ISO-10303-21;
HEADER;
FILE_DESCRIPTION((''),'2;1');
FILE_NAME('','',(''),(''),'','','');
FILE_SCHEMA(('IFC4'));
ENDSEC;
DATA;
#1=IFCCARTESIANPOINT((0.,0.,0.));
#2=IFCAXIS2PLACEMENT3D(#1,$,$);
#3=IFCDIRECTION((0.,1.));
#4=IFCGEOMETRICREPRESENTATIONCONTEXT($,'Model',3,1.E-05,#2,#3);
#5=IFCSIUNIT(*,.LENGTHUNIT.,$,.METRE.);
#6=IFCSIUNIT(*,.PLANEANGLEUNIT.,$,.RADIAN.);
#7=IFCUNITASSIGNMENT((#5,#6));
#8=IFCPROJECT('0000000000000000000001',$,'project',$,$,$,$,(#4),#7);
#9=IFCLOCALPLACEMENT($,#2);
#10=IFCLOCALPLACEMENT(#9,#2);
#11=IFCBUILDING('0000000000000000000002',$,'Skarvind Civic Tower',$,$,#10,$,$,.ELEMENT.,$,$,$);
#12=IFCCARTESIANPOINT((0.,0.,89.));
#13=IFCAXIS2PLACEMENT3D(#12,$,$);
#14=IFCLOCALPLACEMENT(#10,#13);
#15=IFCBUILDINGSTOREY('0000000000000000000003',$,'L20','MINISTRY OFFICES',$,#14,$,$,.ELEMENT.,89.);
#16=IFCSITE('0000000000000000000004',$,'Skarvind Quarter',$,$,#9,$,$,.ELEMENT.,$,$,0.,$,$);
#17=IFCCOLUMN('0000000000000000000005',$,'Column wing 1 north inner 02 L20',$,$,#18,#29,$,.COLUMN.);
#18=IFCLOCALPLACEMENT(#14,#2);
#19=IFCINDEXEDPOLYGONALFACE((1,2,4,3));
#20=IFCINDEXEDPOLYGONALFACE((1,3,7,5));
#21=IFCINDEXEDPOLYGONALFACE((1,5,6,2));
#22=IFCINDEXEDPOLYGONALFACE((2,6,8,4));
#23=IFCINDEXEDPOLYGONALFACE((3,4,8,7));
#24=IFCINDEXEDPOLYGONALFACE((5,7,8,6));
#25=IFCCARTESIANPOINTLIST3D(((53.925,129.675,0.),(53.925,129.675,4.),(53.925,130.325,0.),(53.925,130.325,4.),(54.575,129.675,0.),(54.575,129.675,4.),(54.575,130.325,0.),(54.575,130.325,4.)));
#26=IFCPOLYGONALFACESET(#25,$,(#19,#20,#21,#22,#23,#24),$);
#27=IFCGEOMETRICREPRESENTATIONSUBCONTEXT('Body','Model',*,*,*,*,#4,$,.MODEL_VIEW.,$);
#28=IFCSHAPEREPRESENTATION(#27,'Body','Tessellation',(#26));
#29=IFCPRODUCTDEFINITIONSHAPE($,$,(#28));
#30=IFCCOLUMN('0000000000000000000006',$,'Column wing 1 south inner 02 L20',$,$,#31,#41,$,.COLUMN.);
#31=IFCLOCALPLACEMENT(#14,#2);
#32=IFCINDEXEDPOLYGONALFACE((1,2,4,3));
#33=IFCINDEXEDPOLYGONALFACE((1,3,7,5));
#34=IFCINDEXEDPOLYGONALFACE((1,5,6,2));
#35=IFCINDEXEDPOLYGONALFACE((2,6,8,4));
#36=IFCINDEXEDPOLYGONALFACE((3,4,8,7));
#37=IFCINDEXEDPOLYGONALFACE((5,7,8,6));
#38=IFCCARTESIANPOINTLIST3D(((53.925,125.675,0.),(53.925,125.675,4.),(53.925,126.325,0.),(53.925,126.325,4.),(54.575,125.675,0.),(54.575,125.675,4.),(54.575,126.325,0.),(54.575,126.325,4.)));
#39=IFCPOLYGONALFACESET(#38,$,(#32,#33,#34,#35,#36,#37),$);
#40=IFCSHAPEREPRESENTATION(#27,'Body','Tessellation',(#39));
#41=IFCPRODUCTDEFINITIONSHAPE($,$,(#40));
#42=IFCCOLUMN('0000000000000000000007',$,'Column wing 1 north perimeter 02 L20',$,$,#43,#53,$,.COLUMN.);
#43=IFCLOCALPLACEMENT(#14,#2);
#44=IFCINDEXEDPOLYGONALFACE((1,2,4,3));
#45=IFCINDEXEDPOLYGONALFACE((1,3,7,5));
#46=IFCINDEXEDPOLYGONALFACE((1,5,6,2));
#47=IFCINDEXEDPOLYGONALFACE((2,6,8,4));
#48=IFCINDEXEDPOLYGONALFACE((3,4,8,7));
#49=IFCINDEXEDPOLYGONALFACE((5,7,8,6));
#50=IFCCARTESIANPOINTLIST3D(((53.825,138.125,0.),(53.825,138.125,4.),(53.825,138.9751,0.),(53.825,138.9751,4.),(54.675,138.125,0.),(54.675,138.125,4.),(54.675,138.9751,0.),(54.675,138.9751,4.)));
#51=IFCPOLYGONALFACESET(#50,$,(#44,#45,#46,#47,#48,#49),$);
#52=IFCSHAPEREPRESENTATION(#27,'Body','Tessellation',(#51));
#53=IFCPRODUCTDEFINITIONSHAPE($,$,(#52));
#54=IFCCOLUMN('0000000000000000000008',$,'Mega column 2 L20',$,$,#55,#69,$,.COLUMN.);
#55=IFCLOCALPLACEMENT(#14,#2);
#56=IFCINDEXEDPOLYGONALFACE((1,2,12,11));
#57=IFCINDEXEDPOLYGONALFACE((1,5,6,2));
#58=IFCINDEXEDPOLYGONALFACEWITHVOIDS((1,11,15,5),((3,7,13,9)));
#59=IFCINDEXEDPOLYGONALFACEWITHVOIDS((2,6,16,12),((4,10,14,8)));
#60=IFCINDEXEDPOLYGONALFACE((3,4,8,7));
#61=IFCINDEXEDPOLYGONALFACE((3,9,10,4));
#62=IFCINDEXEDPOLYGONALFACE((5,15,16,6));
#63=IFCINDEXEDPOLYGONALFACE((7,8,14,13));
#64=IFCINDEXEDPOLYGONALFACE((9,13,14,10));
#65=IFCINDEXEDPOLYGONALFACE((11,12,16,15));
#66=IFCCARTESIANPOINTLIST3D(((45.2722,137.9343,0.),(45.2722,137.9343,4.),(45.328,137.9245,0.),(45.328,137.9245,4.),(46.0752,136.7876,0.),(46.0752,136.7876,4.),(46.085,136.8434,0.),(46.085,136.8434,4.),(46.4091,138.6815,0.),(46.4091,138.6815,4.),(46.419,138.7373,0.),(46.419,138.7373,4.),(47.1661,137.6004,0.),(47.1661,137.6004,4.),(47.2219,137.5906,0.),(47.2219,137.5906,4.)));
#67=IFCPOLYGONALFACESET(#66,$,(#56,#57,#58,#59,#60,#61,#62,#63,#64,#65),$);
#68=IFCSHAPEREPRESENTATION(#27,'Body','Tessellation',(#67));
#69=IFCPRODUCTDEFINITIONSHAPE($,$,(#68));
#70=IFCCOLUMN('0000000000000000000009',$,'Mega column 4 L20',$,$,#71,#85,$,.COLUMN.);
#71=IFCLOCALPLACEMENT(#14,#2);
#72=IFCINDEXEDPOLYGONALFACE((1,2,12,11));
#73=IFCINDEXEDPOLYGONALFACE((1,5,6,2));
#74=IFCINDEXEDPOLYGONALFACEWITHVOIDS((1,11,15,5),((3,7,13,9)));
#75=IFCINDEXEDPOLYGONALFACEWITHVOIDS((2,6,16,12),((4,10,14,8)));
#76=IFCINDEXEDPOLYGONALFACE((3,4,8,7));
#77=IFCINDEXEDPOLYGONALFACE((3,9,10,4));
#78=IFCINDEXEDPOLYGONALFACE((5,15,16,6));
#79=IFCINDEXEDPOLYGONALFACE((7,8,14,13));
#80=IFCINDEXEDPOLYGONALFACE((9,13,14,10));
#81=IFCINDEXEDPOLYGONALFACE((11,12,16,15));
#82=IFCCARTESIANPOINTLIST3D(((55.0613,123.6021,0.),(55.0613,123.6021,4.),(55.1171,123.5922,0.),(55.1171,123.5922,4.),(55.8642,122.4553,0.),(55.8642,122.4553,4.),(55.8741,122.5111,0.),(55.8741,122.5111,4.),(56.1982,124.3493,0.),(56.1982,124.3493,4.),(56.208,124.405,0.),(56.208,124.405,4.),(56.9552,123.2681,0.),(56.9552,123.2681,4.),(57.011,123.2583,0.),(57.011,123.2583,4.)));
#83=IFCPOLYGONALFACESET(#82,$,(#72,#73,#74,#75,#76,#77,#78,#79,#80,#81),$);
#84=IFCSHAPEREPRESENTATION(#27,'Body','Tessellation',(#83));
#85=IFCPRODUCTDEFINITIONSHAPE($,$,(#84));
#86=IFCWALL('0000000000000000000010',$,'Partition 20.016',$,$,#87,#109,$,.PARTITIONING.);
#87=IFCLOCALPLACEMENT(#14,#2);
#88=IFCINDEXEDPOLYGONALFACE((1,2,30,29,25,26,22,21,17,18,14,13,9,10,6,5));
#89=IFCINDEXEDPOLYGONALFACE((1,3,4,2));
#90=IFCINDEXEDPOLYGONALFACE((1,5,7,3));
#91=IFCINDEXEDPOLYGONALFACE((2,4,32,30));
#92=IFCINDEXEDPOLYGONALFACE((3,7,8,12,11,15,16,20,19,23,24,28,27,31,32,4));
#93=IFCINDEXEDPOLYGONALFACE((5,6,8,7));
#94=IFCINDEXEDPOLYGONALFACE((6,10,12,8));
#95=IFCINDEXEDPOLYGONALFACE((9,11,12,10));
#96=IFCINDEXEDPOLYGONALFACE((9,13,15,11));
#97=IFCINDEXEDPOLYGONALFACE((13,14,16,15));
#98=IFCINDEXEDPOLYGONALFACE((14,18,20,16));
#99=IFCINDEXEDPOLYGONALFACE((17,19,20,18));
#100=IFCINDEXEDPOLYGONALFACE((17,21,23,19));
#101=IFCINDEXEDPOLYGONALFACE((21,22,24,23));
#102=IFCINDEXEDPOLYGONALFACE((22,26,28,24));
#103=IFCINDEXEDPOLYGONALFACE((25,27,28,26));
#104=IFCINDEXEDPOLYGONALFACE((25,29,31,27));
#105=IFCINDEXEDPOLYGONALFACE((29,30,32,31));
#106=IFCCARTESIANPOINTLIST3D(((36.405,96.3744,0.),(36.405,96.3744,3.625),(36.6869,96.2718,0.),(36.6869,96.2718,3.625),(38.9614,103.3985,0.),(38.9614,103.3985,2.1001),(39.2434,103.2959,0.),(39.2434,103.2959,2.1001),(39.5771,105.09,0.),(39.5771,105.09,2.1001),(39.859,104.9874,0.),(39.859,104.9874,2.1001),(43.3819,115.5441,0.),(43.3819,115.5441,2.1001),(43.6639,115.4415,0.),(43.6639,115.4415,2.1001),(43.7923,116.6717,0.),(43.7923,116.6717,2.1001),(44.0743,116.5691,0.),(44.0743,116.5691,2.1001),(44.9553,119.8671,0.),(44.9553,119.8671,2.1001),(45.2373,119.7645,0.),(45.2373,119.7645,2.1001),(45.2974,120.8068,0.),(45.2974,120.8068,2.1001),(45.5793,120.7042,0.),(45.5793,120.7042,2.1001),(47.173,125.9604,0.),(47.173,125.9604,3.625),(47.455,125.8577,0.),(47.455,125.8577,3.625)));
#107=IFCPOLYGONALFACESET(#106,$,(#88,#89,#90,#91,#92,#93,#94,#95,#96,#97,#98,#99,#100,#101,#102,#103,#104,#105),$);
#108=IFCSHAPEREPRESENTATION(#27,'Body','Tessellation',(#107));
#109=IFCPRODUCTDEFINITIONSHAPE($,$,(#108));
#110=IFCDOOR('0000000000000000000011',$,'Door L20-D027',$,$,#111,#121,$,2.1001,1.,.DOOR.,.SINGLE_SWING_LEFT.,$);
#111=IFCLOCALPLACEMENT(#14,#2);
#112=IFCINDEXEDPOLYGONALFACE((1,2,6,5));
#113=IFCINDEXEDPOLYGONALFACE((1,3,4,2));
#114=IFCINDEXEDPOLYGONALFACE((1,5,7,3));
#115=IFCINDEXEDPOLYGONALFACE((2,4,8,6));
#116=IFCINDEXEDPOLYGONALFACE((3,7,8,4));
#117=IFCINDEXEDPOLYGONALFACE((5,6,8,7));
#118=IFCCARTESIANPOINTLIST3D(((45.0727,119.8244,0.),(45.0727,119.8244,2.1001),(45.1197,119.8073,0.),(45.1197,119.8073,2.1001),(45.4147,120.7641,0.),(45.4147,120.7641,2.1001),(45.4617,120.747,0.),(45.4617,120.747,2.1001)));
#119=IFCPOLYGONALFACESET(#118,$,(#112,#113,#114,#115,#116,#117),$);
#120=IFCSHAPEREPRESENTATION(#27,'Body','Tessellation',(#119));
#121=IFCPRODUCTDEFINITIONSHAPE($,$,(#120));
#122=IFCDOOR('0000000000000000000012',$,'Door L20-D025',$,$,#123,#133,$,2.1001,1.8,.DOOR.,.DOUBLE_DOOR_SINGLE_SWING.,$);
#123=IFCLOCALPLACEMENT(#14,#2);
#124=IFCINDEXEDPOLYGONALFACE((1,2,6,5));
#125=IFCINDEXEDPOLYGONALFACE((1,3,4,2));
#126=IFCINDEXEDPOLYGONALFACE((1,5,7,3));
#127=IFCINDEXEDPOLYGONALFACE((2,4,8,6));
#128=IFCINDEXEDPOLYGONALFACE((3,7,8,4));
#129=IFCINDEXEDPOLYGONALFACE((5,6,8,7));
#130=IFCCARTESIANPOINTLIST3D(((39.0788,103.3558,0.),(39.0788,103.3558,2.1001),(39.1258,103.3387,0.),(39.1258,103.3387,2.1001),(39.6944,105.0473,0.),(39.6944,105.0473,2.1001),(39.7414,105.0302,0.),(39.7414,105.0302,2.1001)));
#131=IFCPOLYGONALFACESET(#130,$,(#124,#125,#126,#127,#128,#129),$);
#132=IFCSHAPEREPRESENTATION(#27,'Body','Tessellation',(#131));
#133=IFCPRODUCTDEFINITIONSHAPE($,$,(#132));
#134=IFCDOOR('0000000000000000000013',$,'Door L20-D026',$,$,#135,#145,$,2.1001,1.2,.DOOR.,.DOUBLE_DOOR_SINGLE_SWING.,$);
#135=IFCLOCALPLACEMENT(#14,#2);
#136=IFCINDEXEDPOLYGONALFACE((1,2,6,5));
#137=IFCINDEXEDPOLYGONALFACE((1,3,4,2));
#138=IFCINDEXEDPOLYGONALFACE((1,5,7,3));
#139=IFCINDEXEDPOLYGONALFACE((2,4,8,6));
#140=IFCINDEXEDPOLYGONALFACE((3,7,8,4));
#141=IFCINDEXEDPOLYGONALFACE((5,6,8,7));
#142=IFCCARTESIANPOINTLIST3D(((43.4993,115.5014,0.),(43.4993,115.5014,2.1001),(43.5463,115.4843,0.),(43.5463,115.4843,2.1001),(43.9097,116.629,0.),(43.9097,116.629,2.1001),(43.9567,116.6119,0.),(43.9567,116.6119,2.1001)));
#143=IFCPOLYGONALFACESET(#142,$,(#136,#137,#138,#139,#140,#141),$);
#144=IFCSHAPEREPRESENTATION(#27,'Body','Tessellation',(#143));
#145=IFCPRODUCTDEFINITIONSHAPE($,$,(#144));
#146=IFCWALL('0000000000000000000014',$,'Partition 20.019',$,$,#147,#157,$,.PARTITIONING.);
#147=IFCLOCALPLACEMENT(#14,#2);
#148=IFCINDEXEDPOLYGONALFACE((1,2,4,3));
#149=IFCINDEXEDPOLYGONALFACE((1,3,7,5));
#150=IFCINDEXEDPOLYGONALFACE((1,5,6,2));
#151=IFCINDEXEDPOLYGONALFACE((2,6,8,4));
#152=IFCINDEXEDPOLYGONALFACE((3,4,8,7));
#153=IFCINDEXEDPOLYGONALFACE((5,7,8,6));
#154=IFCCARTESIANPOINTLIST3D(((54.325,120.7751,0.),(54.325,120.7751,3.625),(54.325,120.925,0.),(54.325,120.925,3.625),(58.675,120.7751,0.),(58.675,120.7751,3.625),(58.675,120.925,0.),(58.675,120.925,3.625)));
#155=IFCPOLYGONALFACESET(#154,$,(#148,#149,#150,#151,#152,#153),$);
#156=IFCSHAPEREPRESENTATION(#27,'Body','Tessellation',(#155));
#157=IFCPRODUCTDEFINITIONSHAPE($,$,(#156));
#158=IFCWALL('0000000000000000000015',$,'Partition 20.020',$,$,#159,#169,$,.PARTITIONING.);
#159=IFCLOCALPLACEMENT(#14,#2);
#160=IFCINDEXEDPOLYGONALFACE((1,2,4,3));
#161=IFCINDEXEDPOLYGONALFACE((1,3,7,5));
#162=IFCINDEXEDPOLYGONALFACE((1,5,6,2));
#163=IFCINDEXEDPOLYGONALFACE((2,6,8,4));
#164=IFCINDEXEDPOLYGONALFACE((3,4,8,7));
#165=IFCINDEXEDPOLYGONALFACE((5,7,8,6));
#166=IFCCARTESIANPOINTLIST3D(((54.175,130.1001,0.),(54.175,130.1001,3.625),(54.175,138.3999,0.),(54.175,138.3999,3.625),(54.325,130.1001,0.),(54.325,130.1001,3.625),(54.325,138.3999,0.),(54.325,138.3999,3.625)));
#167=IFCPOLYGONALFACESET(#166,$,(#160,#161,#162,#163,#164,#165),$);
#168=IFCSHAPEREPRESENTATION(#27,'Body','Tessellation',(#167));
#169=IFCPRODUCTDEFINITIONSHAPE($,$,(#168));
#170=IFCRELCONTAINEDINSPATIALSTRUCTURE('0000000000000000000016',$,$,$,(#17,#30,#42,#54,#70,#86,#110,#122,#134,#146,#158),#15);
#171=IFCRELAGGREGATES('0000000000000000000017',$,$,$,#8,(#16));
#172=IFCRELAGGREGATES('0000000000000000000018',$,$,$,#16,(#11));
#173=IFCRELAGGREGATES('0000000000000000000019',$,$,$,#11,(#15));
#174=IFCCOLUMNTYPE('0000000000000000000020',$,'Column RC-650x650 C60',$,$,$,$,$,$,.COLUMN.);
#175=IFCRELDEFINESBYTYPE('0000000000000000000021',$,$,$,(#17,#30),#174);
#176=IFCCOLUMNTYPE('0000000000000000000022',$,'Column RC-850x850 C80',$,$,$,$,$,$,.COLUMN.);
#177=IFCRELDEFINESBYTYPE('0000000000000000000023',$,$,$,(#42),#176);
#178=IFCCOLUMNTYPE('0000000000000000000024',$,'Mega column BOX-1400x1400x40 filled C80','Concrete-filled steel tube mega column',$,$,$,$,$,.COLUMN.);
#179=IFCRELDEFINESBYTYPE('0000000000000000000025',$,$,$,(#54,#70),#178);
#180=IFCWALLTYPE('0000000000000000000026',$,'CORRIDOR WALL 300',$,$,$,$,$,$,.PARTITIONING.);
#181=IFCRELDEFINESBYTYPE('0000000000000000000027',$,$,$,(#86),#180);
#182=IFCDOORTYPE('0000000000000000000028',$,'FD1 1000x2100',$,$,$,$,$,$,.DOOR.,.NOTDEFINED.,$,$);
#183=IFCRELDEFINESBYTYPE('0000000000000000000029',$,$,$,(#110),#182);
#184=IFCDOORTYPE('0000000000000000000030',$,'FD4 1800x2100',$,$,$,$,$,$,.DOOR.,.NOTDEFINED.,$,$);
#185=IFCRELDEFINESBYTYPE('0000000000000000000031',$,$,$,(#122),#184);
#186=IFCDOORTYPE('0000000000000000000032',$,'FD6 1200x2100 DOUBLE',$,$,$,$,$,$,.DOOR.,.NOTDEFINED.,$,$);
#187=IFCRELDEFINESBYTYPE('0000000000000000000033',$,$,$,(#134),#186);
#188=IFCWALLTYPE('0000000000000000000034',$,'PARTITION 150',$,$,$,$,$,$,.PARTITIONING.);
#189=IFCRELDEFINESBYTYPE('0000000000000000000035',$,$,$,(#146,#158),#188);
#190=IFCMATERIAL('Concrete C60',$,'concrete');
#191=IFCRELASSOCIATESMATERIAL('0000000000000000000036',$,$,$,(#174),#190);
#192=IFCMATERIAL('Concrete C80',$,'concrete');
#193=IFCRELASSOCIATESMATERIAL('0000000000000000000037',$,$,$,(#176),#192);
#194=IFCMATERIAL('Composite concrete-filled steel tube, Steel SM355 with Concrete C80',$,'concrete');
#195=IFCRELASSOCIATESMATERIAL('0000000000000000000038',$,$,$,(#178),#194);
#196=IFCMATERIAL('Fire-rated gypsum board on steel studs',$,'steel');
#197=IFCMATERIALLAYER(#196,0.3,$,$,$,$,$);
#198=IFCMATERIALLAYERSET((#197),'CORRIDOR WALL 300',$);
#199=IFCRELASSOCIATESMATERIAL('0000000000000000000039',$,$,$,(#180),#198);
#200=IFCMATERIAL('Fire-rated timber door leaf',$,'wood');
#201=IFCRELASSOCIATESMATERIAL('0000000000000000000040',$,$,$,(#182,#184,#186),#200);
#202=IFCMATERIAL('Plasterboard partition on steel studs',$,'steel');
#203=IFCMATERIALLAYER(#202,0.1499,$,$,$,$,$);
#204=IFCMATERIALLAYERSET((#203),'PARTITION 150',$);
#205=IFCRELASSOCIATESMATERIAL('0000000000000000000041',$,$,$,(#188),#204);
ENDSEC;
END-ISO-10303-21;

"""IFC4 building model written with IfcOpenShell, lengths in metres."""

from ifc_helpers import new_model, si_unit, direction, frame, frame_2d, origin, origin_2d, place, context, subcontext, project, spatial, rectangle, hollow_rectangle, extrude, material, layer, layer_set, material_profile, profile_set, type_object, element, fill, save


model = new_model("IFC4")

# Units and contexts
model_context = context("Model", 3, precision=1e-05, world=origin(), true_north=direction((0.0, 1.0)))
body_context = subcontext(model_context, "Body", "Model", "MODEL_VIEW")
ifc_project = project(units=[si_unit("LENGTHUNIT", "METRE"), si_unit("PLANEANGLEUNIT", "RADIAN")], contexts=[model_context])

# Site, building, storey
site_placement = place(None, origin())
site = spatial("IfcSite", under=ifc_project, at=site_placement, Name="Skarvind Quarter", CompositionType="ELEMENT", RefElevation=0.0)
building_placement = place(site_placement, origin())
building = spatial("IfcBuilding", under=site, at=building_placement, Name="Skarvind Civic Tower", CompositionType="ELEMENT")
storey_placement = place(building_placement, frame((0.0, 0.0, 89.0)))
storey = spatial("IfcBuildingStorey", under=building, at=storey_placement, Name="L20", Description="MINISTRY OFFICES", CompositionType="ELEMENT", Elevation=89.0)

# Columns
ifc_material_1 = material(Name="Concrete C60", Category="concrete")
ifc_material_profile_1 = material_profile(ifc_material_1, rectangle(XDim=0.6499, YDim=0.6499, at=origin_2d()), Name="RC-650x650")
ifc_profile_set_1 = profile_set([ifc_material_profile_1], Name="Concrete C60")
column_type_1 = type_object("IfcColumnType", Name="Column RC-650x650 C60", PredefinedType="COLUMN", material=ifc_profile_set_1)
for number, where, z_axis, x_axis, name in (
    (1, (54.25, 130.0, 0.0), (0.0, 0.0, 1.0), (1.0, 0.0, 0.0), "Column wing 1 north inner 02 L20"),
    (2, (54.25, 126.0, 0.0), (0.0, 0.0, 1.0), (1.0, 0.0, 0.0), "Column wing 1 south inner 02 L20"),
):
    element("IfcColumn", number, at=place(storey_placement, frame(where, z_axis=z_axis, x_axis=x_axis)), inside=storey, type_object=column_type_1, Name=name, PredefinedType="COLUMN", context=body_context, shape_type="SweptSolid", body=[
        extrude(rectangle(XDim=0.6499, YDim=0.6499, at=origin_2d()), origin(), (0.0, 0.0, 1.0), 4.0),
    ])
ifc_material_2 = material(Name="Concrete C80", Category="concrete")
ifc_material_profile_2 = material_profile(ifc_material_2, rectangle(XDim=0.8501, YDim=0.8501, at=origin_2d()), Name="RC-850x850")
ifc_profile_set_2 = profile_set([ifc_material_profile_2], Name="Concrete C80")
column_type_2 = type_object("IfcColumnType", Name="Column RC-850x850 C80", PredefinedType="COLUMN", material=ifc_profile_set_2)
column_placement = place(storey_placement, frame((54.25, 138.55, 0.0), z_axis=(0.0, 0.0, 1.0), x_axis=(1.0, 0.0, 0.0)))
element("IfcColumn", 3, at=column_placement, inside=storey, type_object=column_type_2, Name="Column wing 1 north perimeter 02 L20", PredefinedType="COLUMN", context=body_context, shape_type="SweptSolid", body=[
    extrude(rectangle(XDim=0.8501, YDim=0.8501, at=origin_2d()), origin(), (0.0, 0.0, 1.0), 4.0),
])
ifc_material_3 = material(Name="Composite concrete-filled steel tube, Steel SM355 with Concrete C80", Category="concrete")
ifc_material_profile_3 = material_profile(ifc_material_3, hollow_rectangle(XDim=1.3999, YDim=1.3999, WallThickness=0.04, at=origin_2d()), Name="BOX-1400x1400x40")
ifc_profile_set_3 = profile_set([ifc_material_profile_3], Name="Composite concrete-filled steel tube, Steel SM355 with Concrete C80")
column_type_3 = type_object("IfcColumnType", Name="Mega column BOX-1400x1400x40 filled C80", Description="Concrete-filled steel tube mega column", PredefinedType="COLUMN", material=ifc_profile_set_3)
for number, where, z_axis, x_axis, name in (
    (4, (46.2471, 137.7625, 0.0), (0.0, 0.0, 1.0), (0.573576, -0.819152, 0.0), "Mega column 2 L20"),
    (5, (56.0361, 123.4302, 0.0), (0.0, 0.0, 1.0), (0.573576, -0.819152, 0.0), "Mega column 4 L20"),
):
    element("IfcColumn", number, at=place(storey_placement, frame(where, z_axis=z_axis, x_axis=x_axis)), inside=storey, type_object=column_type_3, Name=name, PredefinedType="COLUMN", context=body_context, shape_type="SweptSolid", body=[
        extrude(hollow_rectangle(XDim=1.3999, YDim=1.3999, WallThickness=0.04, at=origin_2d()), origin(), (0.0, 0.0, 1.0), 4.0),
    ])

# Wall, openings, doors
ifc_material_4 = material(Name="Fire-rated gypsum board on steel studs", Category="steel")
ifc_layer_1 = layer(ifc_material_4, 0.3)
ifc_layer_set_1 = layer_set([ifc_layer_1], Name="CORRIDOR WALL 300")
wall_type_1 = type_object("IfcWallType", Name="CORRIDOR WALL 300", PredefinedType="PARTITIONING", material=ifc_layer_set_1)
wall_1_placement = place(storey_placement, frame((47.314, 125.9089, 0.0), z_axis=(0.0, 0.0, 1.0), x_axis=(-0.342011, -0.939696, 0.0)))
wall_1 = element("IfcWall", 6, at=wall_1_placement, inside=storey, type_object=wall_type_1, Name="Partition 20.016", PredefinedType="PARTITIONING", context=body_context, shape_type="SweptSolid", body=[
    extrude(rectangle(XDim=31.4846, YDim=0.3, at=frame_2d((15.7422, 0.0))), origin(), (0.0, 0.0, 1.0), 3.625),
])
opening_1_placement = place(wall_1_placement, frame((22.2097, 0.0, 0.0)))
opening_1 = element("IfcOpeningElement", 7, at=opening_1_placement, cuts=wall_1, PredefinedType="OPENING", context=body_context, shape_type="SweptSolid", body=[
    extrude(rectangle(XDim=1.8, YDim=2.1001, at=frame_2d((0.8999, 1.05))), frame((0.0, 0.1599, 0.0), z_axis=(0.0, -1.0, 0.0), x_axis=(1.0, 0.0, 0.0)), (0.0, 0.0, 1.0), 0.3201),
])
opening_2_placement = place(wall_1_placement, frame((9.8845, 0.0, 0.0)))
opening_2 = element("IfcOpeningElement", 8, at=opening_2_placement, cuts=wall_1, PredefinedType="OPENING", context=body_context, shape_type="SweptSolid", body=[
    extrude(rectangle(XDim=1.2, YDim=2.1001, at=frame_2d((0.6001, 1.05))), frame((0.0, 0.1599, 0.0), z_axis=(0.0, -1.0, 0.0), x_axis=(1.0, 0.0, 0.0)), (0.0, 0.0, 1.0), 0.3201),
])
opening_3_placement = place(wall_1_placement, frame((5.4841, 0.0, 0.0)))
opening_3 = element("IfcOpeningElement", 9, at=opening_3_placement, cuts=wall_1, PredefinedType="OPENING", context=body_context, shape_type="SweptSolid", body=[
    extrude(rectangle(XDim=1.0, YDim=2.1001, at=frame_2d((0.5, 1.05))), frame((0.0, 0.1599, 0.0), z_axis=(0.0, -1.0, 0.0), x_axis=(1.0, 0.0, 0.0)), (0.0, 0.0, 1.0), 0.3201),
])
ifc_material_5 = material(Name="Fire-rated timber door leaf", Category="wood")
door_type_1 = type_object("IfcDoorType", Name="FD1 1000x2100", OperationType="NOTDEFINED", PredefinedType="DOOR", material=ifc_material_5)
door_1_placement = place(opening_3_placement, origin())
door_1 = element("IfcDoor", 10, at=door_1_placement, inside=storey, type_object=door_type_1, Name="Door L20-D027", OperationType="SINGLE_SWING_LEFT", OverallHeight=2.1001, OverallWidth=1.0, PredefinedType="DOOR", context=body_context, shape_type="SweptSolid", body=[
    extrude(rectangle(XDim=1.0, YDim=2.1001, at=frame_2d((0.5, 1.05))), frame((0.0, 0.0249, 0.0), z_axis=(0.0, -1.0, 0.0), x_axis=(1.0, 0.0, 0.0)), (0.0, 0.0, 1.0), 0.05),
])
fill(opening_3, door_1)
door_type_2 = type_object("IfcDoorType", Name="FD4 1800x2100", OperationType="NOTDEFINED", PredefinedType="DOOR", material=ifc_material_5)
door_2_placement = place(opening_1_placement, origin())
door_2 = element("IfcDoor", 11, at=door_2_placement, inside=storey, type_object=door_type_2, Name="Door L20-D025", OperationType="DOUBLE_DOOR_SINGLE_SWING", OverallHeight=2.1001, OverallWidth=1.8, PredefinedType="DOOR", context=body_context, shape_type="SweptSolid", body=[
    extrude(rectangle(XDim=1.8, YDim=2.1001, at=frame_2d((0.8999, 1.05))), frame((0.0, 0.0249, 0.0), z_axis=(0.0, -1.0, 0.0), x_axis=(1.0, 0.0, 0.0)), (0.0, 0.0, 1.0), 0.05),
])
fill(opening_1, door_2)
door_type_3 = type_object("IfcDoorType", Name="FD6 1200x2100 DOUBLE", OperationType="NOTDEFINED", PredefinedType="DOOR", material=ifc_material_5)
door_3_placement = place(opening_2_placement, origin())
door_3 = element("IfcDoor", 12, at=door_3_placement, inside=storey, type_object=door_type_3, Name="Door L20-D026", OperationType="DOUBLE_DOOR_SINGLE_SWING", OverallHeight=2.1001, OverallWidth=1.2, PredefinedType="DOOR", context=body_context, shape_type="SweptSolid", body=[
    extrude(rectangle(XDim=1.2, YDim=2.1001, at=frame_2d((0.6001, 1.05))), frame((0.0, 0.0249, 0.0), z_axis=(0.0, -1.0, 0.0), x_axis=(1.0, 0.0, 0.0)), (0.0, 0.0, 1.0), 0.05),
])
fill(opening_2, door_3)

# Walls
ifc_material_6 = material(Name="Plasterboard partition on steel studs", Category="steel")
ifc_layer_2 = layer(ifc_material_6, 0.1499)
ifc_layer_set_2 = layer_set([ifc_layer_2], Name="PARTITION 150")
wall_type_2 = type_object("IfcWallType", Name="PARTITION 150", PredefinedType="PARTITIONING", material=ifc_layer_set_2)
wall_2_placement = place(storey_placement, frame((54.325, 120.8501, 0.0), z_axis=(0.0, 0.0, 1.0), x_axis=(1.0, 0.0, 0.0)))
element("IfcWall", 13, at=wall_2_placement, inside=storey, type_object=wall_type_2, Name="Partition 20.019", PredefinedType="PARTITIONING", context=body_context, shape_type="SweptSolid", body=[
    extrude(rectangle(XDim=4.3501, YDim=0.1499, at=frame_2d((2.175, 0.0))), origin(), (0.0, 0.0, 1.0), 3.625),
])
wall_3_placement = place(storey_placement, frame((54.25, 138.3999, 0.0), z_axis=(0.0, 0.0, 1.0), x_axis=(0.0, -1.0, 0.0)))
element("IfcWall", 14, at=wall_3_placement, inside=storey, type_object=wall_type_2, Name="Partition 20.020", PredefinedType="PARTITIONING", context=body_context, shape_type="SweptSolid", body=[
    extrude(rectangle(XDim=8.2998, YDim=0.1499, at=frame_2d((4.1499, 0.0))), origin(), (0.0, 0.0, 1.0), 3.625),
])

save(model, "model.ifc")
